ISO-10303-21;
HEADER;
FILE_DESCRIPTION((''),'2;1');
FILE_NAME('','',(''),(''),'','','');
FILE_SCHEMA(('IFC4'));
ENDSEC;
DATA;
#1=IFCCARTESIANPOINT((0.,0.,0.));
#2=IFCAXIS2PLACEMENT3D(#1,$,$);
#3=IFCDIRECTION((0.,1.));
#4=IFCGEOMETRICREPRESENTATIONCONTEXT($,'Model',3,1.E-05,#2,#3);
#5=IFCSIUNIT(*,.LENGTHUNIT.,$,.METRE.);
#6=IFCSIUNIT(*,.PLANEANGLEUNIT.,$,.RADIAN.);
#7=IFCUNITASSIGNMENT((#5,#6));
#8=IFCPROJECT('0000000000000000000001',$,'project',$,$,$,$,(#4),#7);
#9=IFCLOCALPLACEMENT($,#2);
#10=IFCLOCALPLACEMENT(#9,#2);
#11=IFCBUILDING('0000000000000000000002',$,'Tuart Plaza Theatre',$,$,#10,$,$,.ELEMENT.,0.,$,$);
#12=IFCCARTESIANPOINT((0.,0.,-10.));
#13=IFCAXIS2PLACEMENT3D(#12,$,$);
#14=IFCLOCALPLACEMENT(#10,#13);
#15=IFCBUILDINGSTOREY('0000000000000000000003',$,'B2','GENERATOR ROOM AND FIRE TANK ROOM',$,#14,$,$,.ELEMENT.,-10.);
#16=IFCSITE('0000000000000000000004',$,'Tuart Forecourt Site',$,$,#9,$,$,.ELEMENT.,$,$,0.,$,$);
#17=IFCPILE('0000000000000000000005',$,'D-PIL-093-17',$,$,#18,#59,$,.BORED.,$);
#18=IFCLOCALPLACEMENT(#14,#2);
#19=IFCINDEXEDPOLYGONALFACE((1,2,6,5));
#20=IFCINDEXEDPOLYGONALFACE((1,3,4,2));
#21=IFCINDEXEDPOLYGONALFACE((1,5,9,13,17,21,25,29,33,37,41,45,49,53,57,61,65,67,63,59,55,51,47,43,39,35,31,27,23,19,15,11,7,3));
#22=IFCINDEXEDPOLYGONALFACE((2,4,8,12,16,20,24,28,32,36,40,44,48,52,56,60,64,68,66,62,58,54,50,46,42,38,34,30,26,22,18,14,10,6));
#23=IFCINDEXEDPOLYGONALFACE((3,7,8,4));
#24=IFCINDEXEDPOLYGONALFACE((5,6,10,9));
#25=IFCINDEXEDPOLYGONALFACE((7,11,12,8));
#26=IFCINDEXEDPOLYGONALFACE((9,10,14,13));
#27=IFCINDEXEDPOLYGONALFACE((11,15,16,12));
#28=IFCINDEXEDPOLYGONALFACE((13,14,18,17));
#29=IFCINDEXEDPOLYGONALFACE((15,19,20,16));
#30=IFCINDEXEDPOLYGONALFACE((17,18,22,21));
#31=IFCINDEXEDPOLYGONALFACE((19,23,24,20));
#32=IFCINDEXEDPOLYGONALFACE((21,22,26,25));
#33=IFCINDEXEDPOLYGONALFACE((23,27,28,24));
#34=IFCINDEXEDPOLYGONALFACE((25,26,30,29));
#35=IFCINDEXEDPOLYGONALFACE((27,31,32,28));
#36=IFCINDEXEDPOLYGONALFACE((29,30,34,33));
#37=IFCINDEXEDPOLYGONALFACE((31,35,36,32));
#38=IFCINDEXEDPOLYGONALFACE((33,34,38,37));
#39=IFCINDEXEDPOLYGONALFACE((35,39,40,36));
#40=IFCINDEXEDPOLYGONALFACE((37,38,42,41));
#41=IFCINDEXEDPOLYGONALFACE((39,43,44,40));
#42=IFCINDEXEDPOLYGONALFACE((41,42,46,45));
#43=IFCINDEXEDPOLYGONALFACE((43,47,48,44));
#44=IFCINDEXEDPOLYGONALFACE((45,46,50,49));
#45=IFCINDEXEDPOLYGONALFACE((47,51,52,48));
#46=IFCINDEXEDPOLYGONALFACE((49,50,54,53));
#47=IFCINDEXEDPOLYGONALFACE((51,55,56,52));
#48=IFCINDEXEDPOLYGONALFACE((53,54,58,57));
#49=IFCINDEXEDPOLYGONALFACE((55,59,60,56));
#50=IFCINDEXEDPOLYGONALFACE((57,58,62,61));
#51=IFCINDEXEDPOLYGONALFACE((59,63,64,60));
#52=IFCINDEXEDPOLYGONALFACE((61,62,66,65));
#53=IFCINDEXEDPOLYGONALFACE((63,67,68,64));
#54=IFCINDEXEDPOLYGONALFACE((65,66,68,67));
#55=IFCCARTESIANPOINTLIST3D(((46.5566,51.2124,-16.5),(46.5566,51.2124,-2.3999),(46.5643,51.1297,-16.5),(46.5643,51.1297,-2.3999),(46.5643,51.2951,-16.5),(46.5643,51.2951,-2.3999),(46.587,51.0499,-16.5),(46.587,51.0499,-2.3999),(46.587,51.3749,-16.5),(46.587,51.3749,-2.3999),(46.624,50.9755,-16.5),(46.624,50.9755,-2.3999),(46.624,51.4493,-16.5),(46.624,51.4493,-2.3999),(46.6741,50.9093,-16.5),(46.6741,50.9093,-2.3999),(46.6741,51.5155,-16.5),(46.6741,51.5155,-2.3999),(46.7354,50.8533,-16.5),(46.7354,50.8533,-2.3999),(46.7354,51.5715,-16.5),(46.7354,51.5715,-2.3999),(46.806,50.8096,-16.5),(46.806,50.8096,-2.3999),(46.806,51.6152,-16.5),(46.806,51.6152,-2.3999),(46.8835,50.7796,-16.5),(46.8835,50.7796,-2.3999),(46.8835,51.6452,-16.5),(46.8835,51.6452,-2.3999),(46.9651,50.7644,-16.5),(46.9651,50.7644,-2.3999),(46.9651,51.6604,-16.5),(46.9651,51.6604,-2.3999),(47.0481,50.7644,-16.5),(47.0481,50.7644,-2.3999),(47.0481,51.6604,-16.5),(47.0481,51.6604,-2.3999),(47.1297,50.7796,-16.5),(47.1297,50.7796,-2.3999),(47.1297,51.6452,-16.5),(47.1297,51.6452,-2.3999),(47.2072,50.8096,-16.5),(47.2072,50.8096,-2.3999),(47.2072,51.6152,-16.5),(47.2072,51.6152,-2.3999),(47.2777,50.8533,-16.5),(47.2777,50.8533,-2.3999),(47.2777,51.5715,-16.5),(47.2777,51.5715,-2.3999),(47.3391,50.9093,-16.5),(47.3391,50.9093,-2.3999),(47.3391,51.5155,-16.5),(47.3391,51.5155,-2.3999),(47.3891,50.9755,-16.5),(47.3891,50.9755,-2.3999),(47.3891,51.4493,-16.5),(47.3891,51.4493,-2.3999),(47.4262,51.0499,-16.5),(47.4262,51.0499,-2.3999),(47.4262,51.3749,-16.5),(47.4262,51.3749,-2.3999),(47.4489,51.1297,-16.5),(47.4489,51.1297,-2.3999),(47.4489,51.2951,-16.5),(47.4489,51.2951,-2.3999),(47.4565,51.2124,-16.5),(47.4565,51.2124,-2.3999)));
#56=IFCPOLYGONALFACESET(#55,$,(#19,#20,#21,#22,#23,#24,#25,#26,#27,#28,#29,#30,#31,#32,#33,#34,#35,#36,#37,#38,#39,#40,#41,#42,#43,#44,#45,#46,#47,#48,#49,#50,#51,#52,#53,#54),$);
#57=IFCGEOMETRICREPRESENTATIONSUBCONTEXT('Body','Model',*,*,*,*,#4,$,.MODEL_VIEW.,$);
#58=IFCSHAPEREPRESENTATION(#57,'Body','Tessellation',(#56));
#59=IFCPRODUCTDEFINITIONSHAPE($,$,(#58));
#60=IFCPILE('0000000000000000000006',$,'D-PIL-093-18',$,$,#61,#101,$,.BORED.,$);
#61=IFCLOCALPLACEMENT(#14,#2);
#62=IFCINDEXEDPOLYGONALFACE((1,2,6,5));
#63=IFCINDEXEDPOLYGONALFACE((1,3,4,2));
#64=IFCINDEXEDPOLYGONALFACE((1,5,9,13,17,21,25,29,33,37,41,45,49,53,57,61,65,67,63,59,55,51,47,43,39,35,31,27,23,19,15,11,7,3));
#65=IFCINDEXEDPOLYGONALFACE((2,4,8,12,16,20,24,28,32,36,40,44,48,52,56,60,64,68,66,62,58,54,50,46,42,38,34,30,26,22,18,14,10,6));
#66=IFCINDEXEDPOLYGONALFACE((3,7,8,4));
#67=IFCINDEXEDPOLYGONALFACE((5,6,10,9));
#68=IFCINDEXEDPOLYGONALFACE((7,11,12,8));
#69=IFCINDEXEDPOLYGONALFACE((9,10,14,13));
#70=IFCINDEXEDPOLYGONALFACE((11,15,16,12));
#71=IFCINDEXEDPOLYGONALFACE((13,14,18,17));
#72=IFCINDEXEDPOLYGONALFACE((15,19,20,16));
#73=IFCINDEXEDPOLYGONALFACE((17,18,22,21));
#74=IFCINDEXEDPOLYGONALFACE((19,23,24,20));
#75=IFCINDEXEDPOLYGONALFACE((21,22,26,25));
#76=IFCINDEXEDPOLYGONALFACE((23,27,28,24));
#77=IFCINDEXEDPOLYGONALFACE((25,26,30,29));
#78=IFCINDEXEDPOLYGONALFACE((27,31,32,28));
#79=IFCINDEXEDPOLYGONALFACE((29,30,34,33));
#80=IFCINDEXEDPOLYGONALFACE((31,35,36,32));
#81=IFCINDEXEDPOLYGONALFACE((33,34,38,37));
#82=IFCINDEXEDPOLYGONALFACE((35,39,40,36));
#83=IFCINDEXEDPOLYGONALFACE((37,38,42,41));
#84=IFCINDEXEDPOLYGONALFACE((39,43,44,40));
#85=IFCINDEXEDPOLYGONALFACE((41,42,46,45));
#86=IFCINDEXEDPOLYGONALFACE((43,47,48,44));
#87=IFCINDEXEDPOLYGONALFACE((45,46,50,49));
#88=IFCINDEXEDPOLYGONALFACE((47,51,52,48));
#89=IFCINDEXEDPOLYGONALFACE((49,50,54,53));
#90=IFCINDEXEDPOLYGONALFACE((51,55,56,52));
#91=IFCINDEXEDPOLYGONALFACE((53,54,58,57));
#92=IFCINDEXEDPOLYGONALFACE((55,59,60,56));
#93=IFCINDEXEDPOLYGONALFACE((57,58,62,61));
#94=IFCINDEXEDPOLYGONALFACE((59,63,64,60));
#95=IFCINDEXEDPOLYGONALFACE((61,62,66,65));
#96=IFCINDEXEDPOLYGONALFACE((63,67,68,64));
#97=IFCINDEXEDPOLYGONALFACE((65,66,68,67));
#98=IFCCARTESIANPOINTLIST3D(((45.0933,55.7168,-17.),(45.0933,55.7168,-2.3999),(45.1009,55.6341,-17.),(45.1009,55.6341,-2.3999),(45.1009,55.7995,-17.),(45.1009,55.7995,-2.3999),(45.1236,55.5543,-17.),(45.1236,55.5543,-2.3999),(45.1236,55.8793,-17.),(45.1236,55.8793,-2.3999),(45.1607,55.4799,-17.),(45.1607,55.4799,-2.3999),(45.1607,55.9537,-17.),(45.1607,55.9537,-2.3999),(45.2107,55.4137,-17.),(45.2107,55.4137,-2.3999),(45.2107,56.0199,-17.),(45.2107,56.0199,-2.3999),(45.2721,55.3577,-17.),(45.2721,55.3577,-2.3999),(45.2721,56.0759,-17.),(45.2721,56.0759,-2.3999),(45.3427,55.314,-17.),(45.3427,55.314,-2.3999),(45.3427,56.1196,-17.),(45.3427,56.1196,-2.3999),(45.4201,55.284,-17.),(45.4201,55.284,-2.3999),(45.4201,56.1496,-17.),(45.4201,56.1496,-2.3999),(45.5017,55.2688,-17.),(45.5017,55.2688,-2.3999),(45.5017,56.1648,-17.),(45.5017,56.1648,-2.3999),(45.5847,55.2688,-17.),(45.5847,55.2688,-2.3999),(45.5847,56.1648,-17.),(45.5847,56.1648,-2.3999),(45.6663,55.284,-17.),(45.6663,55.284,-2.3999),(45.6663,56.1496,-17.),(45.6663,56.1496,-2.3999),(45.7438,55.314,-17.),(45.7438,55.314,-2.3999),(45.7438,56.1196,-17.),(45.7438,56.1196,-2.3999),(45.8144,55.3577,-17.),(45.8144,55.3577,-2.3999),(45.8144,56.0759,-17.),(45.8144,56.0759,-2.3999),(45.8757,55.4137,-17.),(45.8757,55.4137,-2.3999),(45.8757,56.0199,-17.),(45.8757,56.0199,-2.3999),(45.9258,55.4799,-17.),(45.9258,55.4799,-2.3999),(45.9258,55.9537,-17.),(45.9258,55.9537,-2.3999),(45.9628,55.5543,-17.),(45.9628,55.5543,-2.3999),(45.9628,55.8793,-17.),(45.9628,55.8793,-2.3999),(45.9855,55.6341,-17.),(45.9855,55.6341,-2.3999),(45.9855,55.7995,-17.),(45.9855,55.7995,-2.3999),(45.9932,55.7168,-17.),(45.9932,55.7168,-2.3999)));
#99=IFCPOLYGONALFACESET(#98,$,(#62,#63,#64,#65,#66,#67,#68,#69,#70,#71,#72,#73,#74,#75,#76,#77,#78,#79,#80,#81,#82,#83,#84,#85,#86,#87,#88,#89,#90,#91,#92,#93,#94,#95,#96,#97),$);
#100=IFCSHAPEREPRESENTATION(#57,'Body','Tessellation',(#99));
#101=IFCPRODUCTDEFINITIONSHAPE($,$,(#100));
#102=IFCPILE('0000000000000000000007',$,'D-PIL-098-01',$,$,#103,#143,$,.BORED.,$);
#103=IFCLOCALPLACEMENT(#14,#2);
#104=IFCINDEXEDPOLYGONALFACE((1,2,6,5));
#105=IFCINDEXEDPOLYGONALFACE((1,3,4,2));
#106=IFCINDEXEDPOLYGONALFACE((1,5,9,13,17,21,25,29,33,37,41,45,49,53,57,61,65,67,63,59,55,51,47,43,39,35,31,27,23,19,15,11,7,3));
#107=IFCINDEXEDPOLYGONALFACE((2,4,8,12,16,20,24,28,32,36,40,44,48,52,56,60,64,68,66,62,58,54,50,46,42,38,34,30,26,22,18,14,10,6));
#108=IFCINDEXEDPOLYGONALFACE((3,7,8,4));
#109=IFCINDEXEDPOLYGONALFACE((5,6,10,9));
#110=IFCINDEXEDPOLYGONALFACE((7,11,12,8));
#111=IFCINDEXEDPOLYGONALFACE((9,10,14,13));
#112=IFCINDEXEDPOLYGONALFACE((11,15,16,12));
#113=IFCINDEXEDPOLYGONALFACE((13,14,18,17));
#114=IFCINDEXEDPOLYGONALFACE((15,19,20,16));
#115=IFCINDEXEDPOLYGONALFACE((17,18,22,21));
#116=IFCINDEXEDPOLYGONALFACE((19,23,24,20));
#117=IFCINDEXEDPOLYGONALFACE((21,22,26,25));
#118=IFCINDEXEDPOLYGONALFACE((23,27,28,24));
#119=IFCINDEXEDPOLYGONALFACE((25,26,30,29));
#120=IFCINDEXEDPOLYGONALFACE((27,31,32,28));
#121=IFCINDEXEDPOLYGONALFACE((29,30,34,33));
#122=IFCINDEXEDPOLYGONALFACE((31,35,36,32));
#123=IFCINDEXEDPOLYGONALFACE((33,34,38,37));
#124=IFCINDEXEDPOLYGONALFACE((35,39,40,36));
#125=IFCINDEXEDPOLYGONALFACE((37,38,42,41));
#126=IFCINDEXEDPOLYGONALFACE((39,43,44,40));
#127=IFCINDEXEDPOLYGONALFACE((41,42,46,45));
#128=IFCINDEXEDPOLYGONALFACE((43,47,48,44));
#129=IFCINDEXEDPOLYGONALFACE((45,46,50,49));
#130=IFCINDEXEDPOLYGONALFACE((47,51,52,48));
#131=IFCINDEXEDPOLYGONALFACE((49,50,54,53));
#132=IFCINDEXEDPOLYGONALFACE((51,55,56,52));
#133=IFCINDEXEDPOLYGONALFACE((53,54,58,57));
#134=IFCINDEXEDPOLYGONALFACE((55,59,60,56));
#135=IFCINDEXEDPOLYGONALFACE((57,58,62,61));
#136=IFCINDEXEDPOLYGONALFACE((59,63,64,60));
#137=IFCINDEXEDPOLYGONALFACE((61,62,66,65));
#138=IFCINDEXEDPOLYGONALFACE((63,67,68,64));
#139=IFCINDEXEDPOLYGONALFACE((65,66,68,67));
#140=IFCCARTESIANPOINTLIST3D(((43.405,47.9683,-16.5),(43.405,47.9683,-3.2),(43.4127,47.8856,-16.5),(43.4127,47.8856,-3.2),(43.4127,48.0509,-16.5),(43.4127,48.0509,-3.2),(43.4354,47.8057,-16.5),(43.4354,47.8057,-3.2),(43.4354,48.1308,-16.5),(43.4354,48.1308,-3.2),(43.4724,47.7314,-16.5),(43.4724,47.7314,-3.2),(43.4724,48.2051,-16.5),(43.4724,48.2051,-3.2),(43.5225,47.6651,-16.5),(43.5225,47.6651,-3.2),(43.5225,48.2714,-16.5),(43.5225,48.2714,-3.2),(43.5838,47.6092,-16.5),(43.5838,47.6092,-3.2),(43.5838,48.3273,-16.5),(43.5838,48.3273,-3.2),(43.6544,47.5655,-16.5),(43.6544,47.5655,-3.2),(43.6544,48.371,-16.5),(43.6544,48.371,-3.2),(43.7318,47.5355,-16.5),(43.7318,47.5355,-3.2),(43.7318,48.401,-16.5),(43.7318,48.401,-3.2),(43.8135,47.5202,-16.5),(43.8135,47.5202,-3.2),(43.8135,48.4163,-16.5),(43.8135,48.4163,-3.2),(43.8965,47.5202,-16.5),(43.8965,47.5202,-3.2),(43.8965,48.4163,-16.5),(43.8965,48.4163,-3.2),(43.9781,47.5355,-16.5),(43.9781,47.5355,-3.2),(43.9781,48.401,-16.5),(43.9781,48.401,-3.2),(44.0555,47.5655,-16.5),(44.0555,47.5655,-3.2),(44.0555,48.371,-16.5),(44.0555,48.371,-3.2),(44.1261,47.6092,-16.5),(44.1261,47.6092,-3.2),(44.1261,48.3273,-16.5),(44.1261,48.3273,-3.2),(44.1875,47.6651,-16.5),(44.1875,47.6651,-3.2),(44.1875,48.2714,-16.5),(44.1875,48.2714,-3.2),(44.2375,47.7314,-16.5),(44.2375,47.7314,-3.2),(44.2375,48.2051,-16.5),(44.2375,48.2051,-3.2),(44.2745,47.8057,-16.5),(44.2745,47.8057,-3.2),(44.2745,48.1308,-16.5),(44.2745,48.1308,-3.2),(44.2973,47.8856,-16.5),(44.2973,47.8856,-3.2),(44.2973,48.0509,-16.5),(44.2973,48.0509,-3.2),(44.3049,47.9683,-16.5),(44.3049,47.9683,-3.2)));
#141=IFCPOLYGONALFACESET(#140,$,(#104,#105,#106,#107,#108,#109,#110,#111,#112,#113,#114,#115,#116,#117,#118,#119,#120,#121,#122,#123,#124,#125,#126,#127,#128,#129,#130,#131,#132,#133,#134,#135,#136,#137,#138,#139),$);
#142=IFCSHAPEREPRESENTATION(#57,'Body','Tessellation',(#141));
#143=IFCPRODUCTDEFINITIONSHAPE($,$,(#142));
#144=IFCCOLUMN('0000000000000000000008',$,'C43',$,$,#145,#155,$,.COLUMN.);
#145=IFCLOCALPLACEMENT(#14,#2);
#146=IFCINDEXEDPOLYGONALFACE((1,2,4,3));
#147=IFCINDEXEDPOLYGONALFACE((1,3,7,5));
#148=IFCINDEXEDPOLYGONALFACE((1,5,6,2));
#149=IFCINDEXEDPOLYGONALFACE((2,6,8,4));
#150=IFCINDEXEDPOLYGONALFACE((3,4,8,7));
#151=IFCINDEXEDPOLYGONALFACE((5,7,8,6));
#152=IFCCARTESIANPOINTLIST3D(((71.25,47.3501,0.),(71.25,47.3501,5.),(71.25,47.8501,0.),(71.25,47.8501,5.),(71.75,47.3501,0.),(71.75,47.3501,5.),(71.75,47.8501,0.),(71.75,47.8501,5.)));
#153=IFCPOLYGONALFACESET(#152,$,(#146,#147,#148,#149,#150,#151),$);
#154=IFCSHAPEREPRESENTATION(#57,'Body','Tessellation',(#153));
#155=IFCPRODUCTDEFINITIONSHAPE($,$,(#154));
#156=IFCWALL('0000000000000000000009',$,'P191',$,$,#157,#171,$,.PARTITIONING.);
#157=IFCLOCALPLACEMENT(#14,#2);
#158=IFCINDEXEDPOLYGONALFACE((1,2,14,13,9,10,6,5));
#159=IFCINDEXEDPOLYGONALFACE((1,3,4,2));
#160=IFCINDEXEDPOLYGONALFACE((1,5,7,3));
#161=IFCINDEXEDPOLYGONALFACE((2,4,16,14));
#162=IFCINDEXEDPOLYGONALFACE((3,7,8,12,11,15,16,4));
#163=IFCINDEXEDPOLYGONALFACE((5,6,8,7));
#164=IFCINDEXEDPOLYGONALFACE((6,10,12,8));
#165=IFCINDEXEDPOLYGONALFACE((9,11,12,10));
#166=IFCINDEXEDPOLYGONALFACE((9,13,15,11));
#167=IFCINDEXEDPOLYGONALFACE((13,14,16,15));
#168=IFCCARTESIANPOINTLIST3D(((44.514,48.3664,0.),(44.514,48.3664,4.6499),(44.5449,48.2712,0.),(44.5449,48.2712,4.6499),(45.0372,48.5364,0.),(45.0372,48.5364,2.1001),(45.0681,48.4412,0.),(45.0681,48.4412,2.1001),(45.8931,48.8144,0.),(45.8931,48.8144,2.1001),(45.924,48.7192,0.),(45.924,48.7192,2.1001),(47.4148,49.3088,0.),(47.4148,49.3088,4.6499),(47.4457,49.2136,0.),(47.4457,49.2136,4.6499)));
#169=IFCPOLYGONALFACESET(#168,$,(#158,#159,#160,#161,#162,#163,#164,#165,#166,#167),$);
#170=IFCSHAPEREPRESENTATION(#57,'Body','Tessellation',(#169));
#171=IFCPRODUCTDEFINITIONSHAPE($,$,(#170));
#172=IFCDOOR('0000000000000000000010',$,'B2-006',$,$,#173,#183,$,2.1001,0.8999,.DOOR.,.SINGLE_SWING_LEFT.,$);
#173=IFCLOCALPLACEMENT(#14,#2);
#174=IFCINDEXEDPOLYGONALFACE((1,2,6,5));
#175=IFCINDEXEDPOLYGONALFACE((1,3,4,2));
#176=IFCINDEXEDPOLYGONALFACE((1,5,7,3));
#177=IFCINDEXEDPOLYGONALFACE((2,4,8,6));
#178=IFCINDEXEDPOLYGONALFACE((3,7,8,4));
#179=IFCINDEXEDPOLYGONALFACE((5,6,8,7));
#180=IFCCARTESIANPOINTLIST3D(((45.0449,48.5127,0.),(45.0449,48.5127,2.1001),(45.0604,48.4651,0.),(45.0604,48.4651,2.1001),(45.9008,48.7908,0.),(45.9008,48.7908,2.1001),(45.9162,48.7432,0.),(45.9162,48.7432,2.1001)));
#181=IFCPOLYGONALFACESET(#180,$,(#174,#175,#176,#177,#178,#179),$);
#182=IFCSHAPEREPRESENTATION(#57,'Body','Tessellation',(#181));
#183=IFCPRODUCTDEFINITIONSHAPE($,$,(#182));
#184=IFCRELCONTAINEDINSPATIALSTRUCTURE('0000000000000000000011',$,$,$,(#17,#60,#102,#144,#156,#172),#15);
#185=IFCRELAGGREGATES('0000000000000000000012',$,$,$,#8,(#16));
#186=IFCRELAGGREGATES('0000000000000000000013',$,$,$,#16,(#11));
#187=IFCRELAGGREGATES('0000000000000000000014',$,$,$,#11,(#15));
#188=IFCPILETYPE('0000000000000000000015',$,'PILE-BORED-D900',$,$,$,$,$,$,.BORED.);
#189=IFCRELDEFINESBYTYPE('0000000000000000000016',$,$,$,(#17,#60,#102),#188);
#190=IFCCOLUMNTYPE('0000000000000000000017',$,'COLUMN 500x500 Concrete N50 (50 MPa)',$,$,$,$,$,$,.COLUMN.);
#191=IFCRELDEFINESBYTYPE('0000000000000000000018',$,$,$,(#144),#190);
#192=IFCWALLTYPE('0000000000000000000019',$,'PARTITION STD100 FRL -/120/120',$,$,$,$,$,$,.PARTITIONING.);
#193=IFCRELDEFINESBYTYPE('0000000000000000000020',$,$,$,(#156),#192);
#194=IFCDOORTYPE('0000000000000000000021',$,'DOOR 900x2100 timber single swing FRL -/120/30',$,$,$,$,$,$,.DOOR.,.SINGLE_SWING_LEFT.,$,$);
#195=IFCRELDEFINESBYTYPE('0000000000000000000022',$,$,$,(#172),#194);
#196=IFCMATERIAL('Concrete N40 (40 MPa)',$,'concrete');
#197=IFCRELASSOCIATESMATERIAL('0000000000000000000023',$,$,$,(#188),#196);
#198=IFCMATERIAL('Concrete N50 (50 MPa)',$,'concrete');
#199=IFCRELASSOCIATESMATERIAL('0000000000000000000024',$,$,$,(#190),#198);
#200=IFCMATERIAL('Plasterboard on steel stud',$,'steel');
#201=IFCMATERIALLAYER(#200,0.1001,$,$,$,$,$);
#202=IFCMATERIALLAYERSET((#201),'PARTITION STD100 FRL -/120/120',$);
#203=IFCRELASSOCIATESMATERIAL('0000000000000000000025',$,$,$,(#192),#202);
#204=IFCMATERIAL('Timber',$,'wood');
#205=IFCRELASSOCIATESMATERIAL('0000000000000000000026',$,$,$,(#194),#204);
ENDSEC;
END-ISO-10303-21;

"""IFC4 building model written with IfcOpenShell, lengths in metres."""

from ifc_helpers import new_model, si_unit, direction, frame, frame_2d, origin, origin_2d, place, context, subcontext, project, spatial, rectangle, circle, extrude, material, layer, layer_set, material_profile, profile_set, type_object, element, fill, save


model = new_model("IFC4")

# Units and contexts
model_context = context("Model", 3, precision=1e-05, world=origin(), true_north=direction((0.0, 1.0)))
body_context = subcontext(model_context, "Body", "Model", "MODEL_VIEW")
ifc_project = project(units=[si_unit("LENGTHUNIT", "METRE"), si_unit("PLANEANGLEUNIT", "RADIAN")], contexts=[model_context])

# Site, building, storey
site_placement = place(None, origin())
site = spatial("IfcSite", under=ifc_project, at=site_placement, Name="Tuart Forecourt Site", CompositionType="ELEMENT", RefElevation=0.0)
building_placement = place(site_placement, origin())
building = spatial("IfcBuilding", under=site, at=building_placement, Name="Tuart Plaza Theatre", CompositionType="ELEMENT", ElevationOfRefHeight=0.0)
storey_placement = place(building_placement, frame((0.0, 0.0, -10.0)))
storey = spatial("IfcBuildingStorey", under=building, at=storey_placement, Name="B2", Description="GENERATOR ROOM AND FIRE TANK ROOM", CompositionType="ELEMENT", Elevation=-10.0)

# Piles
ifc_material_1 = material(Name="Concrete N40 (40 MPa)", Category="concrete")
ifc_material_profile_1 = material_profile(ifc_material_1, circle(Radius=0.45, at=origin_2d()), Name="PILE-BORED-D900")
ifc_profile_set_1 = profile_set([ifc_material_profile_1], Name="Concrete N40 (40 MPa)")
pile_type_1 = type_object("IfcPileType", Name="PILE-BORED-D900", PredefinedType="BORED", material=ifc_profile_set_1)
for number, where, z_axis, x_axis, name in (
    (1, (47.0066, 51.2124, -2.3999), (0.0, 0.0, -1.0), (1.0, 0.0, 0.0), "D-PIL-093-17"),
):
    element("IfcPile", number, at=place(storey_placement, frame(where, z_axis=z_axis, x_axis=x_axis)), inside=storey, type_object=pile_type_1, Name=name, PredefinedType="BORED", context=body_context, shape_type="SweptSolid", body=[
        extrude(circle(Radius=0.45, at=origin_2d()), origin(), (0.0, 0.0, 1.0), 14.1001),
    ])
pile_1_placement = place(storey_placement, frame((45.5432, 55.7168, -2.3999), z_axis=(0.0, 0.0, -1.0), x_axis=(1.0, 0.0, 0.0)))
element("IfcPile", 2, at=pile_1_placement, inside=storey, type_object=pile_type_1, Name="D-PIL-093-18", PredefinedType="BORED", context=body_context, shape_type="SweptSolid", body=[
    extrude(circle(Radius=0.45, at=origin_2d()), origin(), (0.0, 0.0, 1.0), 14.6001),
])
pile_2_placement = place(storey_placement, frame((43.855, 47.9683, -3.2), z_axis=(0.0, 0.0, -1.0), x_axis=(1.0, 0.0, 0.0)))
element("IfcPile", 3, at=pile_2_placement, inside=storey, type_object=pile_type_1, Name="D-PIL-098-01", PredefinedType="BORED", context=body_context, shape_type="SweptSolid", body=[
    extrude(circle(Radius=0.45, at=origin_2d()), origin(), (0.0, 0.0, 1.0), 13.3),
])

# Column
ifc_material_2 = material(Name="Concrete N50 (50 MPa)", Category="concrete")
ifc_material_profile_2 = material_profile(ifc_material_2, rectangle(XDim=0.5, YDim=0.5, at=origin_2d()), Name="COLUMN 500x500 Concrete N50 (50 MPa)")
ifc_profile_set_2 = profile_set([ifc_material_profile_2], Name="Concrete N50 (50 MPa)")
column_type = type_object("IfcColumnType", Name="COLUMN 500x500 Concrete N50 (50 MPa)", PredefinedType="COLUMN", material=ifc_profile_set_2)
column_placement = place(storey_placement, frame((71.5, 47.6001, 0.0), z_axis=(0.0, 0.0, 1.0), x_axis=(1.0, 0.0, 0.0)))
element("IfcColumn", 4, at=column_placement, inside=storey, type_object=column_type, Name="C43", PredefinedType="COLUMN", context=body_context, shape_type="SweptSolid", body=[
    extrude(rectangle(XDim=0.5, YDim=0.5, at=origin_2d()), origin(), (0.0, 0.0, 1.0), 5.0),
])

# Wall, opening, door
ifc_material_3 = material(Name="Plasterboard on steel stud", Category="steel")
ifc_layer_1 = layer(ifc_material_3, 0.1001)
ifc_layer_set_1 = layer_set([ifc_layer_1], Name="PARTITION STD100 FRL -/120/120")
wall_type_1 = type_object("IfcWallType", Name="PARTITION STD100 FRL -/120/120", PredefinedType="PARTITIONING", material=ifc_layer_set_1)
wall_1_placement = place(storey_placement, frame((44.5295, 48.3188, 0.0), z_axis=(0.0, 0.0, 1.0), x_axis=(0.951073, 0.308967, 0.0)))
wall_1 = element("IfcWall", 5, at=wall_1_placement, inside=storey, type_object=wall_type_1, Name="P191", PredefinedType="PARTITIONING", context=body_context, shape_type="SweptSolid", body=[
    extrude(rectangle(XDim=3.05, YDim=0.1001, at=frame_2d((1.5249, 0.0))), origin(), (0.0, 0.0, 1.0), 4.6499),
])
opening_1_placement = place(wall_1_placement, frame((0.55, 0.0, 0.0)))
opening_1 = element("IfcOpeningElement", 6, at=opening_1_placement, cuts=wall_1, PredefinedType="OPENING", context=body_context, shape_type="SweptSolid", body=[
    extrude(rectangle(XDim=0.8999, YDim=2.1001, at=frame_2d((0.45, 1.05))), frame((0.0, 0.0601, 0.0), z_axis=(0.0, -1.0, 0.0), x_axis=(1.0, 0.0, 0.0)), (0.0, 0.0, 1.0), 0.1201),
])
ifc_material_4 = material(Name="Timber", Category="wood")
door_type_1 = type_object("IfcDoorType", Name="DOOR 900x2100 timber single swing FRL -/120/30", OperationType="SINGLE_SWING_LEFT", PredefinedType="DOOR", material=ifc_material_4)
door_1_placement = place(opening_1_placement, frame((0.8999, 0.0, 0.0), z_axis=(0.0, 0.0, 1.0), x_axis=(-1.0, 0.0, 0.0)))
door_1 = element("IfcDoor", 7, at=door_1_placement, inside=storey, type_object=door_type_1, Name="B2-006", OperationType="SINGLE_SWING_LEFT", OverallHeight=2.1001, OverallWidth=0.8999, PredefinedType="DOOR", context=body_context, shape_type="SweptSolid", body=[
    extrude(rectangle(XDim=0.8999, YDim=2.1001, at=frame_2d((0.45, 1.05))), frame((0.0, 0.0249, 0.0), z_axis=(0.0, -1.0, 0.0), x_axis=(1.0, 0.0, 0.0)), (0.0, 0.0, 1.0), 0.05),
])
fill(opening_1, door_1)

save(model, "model.ifc")
